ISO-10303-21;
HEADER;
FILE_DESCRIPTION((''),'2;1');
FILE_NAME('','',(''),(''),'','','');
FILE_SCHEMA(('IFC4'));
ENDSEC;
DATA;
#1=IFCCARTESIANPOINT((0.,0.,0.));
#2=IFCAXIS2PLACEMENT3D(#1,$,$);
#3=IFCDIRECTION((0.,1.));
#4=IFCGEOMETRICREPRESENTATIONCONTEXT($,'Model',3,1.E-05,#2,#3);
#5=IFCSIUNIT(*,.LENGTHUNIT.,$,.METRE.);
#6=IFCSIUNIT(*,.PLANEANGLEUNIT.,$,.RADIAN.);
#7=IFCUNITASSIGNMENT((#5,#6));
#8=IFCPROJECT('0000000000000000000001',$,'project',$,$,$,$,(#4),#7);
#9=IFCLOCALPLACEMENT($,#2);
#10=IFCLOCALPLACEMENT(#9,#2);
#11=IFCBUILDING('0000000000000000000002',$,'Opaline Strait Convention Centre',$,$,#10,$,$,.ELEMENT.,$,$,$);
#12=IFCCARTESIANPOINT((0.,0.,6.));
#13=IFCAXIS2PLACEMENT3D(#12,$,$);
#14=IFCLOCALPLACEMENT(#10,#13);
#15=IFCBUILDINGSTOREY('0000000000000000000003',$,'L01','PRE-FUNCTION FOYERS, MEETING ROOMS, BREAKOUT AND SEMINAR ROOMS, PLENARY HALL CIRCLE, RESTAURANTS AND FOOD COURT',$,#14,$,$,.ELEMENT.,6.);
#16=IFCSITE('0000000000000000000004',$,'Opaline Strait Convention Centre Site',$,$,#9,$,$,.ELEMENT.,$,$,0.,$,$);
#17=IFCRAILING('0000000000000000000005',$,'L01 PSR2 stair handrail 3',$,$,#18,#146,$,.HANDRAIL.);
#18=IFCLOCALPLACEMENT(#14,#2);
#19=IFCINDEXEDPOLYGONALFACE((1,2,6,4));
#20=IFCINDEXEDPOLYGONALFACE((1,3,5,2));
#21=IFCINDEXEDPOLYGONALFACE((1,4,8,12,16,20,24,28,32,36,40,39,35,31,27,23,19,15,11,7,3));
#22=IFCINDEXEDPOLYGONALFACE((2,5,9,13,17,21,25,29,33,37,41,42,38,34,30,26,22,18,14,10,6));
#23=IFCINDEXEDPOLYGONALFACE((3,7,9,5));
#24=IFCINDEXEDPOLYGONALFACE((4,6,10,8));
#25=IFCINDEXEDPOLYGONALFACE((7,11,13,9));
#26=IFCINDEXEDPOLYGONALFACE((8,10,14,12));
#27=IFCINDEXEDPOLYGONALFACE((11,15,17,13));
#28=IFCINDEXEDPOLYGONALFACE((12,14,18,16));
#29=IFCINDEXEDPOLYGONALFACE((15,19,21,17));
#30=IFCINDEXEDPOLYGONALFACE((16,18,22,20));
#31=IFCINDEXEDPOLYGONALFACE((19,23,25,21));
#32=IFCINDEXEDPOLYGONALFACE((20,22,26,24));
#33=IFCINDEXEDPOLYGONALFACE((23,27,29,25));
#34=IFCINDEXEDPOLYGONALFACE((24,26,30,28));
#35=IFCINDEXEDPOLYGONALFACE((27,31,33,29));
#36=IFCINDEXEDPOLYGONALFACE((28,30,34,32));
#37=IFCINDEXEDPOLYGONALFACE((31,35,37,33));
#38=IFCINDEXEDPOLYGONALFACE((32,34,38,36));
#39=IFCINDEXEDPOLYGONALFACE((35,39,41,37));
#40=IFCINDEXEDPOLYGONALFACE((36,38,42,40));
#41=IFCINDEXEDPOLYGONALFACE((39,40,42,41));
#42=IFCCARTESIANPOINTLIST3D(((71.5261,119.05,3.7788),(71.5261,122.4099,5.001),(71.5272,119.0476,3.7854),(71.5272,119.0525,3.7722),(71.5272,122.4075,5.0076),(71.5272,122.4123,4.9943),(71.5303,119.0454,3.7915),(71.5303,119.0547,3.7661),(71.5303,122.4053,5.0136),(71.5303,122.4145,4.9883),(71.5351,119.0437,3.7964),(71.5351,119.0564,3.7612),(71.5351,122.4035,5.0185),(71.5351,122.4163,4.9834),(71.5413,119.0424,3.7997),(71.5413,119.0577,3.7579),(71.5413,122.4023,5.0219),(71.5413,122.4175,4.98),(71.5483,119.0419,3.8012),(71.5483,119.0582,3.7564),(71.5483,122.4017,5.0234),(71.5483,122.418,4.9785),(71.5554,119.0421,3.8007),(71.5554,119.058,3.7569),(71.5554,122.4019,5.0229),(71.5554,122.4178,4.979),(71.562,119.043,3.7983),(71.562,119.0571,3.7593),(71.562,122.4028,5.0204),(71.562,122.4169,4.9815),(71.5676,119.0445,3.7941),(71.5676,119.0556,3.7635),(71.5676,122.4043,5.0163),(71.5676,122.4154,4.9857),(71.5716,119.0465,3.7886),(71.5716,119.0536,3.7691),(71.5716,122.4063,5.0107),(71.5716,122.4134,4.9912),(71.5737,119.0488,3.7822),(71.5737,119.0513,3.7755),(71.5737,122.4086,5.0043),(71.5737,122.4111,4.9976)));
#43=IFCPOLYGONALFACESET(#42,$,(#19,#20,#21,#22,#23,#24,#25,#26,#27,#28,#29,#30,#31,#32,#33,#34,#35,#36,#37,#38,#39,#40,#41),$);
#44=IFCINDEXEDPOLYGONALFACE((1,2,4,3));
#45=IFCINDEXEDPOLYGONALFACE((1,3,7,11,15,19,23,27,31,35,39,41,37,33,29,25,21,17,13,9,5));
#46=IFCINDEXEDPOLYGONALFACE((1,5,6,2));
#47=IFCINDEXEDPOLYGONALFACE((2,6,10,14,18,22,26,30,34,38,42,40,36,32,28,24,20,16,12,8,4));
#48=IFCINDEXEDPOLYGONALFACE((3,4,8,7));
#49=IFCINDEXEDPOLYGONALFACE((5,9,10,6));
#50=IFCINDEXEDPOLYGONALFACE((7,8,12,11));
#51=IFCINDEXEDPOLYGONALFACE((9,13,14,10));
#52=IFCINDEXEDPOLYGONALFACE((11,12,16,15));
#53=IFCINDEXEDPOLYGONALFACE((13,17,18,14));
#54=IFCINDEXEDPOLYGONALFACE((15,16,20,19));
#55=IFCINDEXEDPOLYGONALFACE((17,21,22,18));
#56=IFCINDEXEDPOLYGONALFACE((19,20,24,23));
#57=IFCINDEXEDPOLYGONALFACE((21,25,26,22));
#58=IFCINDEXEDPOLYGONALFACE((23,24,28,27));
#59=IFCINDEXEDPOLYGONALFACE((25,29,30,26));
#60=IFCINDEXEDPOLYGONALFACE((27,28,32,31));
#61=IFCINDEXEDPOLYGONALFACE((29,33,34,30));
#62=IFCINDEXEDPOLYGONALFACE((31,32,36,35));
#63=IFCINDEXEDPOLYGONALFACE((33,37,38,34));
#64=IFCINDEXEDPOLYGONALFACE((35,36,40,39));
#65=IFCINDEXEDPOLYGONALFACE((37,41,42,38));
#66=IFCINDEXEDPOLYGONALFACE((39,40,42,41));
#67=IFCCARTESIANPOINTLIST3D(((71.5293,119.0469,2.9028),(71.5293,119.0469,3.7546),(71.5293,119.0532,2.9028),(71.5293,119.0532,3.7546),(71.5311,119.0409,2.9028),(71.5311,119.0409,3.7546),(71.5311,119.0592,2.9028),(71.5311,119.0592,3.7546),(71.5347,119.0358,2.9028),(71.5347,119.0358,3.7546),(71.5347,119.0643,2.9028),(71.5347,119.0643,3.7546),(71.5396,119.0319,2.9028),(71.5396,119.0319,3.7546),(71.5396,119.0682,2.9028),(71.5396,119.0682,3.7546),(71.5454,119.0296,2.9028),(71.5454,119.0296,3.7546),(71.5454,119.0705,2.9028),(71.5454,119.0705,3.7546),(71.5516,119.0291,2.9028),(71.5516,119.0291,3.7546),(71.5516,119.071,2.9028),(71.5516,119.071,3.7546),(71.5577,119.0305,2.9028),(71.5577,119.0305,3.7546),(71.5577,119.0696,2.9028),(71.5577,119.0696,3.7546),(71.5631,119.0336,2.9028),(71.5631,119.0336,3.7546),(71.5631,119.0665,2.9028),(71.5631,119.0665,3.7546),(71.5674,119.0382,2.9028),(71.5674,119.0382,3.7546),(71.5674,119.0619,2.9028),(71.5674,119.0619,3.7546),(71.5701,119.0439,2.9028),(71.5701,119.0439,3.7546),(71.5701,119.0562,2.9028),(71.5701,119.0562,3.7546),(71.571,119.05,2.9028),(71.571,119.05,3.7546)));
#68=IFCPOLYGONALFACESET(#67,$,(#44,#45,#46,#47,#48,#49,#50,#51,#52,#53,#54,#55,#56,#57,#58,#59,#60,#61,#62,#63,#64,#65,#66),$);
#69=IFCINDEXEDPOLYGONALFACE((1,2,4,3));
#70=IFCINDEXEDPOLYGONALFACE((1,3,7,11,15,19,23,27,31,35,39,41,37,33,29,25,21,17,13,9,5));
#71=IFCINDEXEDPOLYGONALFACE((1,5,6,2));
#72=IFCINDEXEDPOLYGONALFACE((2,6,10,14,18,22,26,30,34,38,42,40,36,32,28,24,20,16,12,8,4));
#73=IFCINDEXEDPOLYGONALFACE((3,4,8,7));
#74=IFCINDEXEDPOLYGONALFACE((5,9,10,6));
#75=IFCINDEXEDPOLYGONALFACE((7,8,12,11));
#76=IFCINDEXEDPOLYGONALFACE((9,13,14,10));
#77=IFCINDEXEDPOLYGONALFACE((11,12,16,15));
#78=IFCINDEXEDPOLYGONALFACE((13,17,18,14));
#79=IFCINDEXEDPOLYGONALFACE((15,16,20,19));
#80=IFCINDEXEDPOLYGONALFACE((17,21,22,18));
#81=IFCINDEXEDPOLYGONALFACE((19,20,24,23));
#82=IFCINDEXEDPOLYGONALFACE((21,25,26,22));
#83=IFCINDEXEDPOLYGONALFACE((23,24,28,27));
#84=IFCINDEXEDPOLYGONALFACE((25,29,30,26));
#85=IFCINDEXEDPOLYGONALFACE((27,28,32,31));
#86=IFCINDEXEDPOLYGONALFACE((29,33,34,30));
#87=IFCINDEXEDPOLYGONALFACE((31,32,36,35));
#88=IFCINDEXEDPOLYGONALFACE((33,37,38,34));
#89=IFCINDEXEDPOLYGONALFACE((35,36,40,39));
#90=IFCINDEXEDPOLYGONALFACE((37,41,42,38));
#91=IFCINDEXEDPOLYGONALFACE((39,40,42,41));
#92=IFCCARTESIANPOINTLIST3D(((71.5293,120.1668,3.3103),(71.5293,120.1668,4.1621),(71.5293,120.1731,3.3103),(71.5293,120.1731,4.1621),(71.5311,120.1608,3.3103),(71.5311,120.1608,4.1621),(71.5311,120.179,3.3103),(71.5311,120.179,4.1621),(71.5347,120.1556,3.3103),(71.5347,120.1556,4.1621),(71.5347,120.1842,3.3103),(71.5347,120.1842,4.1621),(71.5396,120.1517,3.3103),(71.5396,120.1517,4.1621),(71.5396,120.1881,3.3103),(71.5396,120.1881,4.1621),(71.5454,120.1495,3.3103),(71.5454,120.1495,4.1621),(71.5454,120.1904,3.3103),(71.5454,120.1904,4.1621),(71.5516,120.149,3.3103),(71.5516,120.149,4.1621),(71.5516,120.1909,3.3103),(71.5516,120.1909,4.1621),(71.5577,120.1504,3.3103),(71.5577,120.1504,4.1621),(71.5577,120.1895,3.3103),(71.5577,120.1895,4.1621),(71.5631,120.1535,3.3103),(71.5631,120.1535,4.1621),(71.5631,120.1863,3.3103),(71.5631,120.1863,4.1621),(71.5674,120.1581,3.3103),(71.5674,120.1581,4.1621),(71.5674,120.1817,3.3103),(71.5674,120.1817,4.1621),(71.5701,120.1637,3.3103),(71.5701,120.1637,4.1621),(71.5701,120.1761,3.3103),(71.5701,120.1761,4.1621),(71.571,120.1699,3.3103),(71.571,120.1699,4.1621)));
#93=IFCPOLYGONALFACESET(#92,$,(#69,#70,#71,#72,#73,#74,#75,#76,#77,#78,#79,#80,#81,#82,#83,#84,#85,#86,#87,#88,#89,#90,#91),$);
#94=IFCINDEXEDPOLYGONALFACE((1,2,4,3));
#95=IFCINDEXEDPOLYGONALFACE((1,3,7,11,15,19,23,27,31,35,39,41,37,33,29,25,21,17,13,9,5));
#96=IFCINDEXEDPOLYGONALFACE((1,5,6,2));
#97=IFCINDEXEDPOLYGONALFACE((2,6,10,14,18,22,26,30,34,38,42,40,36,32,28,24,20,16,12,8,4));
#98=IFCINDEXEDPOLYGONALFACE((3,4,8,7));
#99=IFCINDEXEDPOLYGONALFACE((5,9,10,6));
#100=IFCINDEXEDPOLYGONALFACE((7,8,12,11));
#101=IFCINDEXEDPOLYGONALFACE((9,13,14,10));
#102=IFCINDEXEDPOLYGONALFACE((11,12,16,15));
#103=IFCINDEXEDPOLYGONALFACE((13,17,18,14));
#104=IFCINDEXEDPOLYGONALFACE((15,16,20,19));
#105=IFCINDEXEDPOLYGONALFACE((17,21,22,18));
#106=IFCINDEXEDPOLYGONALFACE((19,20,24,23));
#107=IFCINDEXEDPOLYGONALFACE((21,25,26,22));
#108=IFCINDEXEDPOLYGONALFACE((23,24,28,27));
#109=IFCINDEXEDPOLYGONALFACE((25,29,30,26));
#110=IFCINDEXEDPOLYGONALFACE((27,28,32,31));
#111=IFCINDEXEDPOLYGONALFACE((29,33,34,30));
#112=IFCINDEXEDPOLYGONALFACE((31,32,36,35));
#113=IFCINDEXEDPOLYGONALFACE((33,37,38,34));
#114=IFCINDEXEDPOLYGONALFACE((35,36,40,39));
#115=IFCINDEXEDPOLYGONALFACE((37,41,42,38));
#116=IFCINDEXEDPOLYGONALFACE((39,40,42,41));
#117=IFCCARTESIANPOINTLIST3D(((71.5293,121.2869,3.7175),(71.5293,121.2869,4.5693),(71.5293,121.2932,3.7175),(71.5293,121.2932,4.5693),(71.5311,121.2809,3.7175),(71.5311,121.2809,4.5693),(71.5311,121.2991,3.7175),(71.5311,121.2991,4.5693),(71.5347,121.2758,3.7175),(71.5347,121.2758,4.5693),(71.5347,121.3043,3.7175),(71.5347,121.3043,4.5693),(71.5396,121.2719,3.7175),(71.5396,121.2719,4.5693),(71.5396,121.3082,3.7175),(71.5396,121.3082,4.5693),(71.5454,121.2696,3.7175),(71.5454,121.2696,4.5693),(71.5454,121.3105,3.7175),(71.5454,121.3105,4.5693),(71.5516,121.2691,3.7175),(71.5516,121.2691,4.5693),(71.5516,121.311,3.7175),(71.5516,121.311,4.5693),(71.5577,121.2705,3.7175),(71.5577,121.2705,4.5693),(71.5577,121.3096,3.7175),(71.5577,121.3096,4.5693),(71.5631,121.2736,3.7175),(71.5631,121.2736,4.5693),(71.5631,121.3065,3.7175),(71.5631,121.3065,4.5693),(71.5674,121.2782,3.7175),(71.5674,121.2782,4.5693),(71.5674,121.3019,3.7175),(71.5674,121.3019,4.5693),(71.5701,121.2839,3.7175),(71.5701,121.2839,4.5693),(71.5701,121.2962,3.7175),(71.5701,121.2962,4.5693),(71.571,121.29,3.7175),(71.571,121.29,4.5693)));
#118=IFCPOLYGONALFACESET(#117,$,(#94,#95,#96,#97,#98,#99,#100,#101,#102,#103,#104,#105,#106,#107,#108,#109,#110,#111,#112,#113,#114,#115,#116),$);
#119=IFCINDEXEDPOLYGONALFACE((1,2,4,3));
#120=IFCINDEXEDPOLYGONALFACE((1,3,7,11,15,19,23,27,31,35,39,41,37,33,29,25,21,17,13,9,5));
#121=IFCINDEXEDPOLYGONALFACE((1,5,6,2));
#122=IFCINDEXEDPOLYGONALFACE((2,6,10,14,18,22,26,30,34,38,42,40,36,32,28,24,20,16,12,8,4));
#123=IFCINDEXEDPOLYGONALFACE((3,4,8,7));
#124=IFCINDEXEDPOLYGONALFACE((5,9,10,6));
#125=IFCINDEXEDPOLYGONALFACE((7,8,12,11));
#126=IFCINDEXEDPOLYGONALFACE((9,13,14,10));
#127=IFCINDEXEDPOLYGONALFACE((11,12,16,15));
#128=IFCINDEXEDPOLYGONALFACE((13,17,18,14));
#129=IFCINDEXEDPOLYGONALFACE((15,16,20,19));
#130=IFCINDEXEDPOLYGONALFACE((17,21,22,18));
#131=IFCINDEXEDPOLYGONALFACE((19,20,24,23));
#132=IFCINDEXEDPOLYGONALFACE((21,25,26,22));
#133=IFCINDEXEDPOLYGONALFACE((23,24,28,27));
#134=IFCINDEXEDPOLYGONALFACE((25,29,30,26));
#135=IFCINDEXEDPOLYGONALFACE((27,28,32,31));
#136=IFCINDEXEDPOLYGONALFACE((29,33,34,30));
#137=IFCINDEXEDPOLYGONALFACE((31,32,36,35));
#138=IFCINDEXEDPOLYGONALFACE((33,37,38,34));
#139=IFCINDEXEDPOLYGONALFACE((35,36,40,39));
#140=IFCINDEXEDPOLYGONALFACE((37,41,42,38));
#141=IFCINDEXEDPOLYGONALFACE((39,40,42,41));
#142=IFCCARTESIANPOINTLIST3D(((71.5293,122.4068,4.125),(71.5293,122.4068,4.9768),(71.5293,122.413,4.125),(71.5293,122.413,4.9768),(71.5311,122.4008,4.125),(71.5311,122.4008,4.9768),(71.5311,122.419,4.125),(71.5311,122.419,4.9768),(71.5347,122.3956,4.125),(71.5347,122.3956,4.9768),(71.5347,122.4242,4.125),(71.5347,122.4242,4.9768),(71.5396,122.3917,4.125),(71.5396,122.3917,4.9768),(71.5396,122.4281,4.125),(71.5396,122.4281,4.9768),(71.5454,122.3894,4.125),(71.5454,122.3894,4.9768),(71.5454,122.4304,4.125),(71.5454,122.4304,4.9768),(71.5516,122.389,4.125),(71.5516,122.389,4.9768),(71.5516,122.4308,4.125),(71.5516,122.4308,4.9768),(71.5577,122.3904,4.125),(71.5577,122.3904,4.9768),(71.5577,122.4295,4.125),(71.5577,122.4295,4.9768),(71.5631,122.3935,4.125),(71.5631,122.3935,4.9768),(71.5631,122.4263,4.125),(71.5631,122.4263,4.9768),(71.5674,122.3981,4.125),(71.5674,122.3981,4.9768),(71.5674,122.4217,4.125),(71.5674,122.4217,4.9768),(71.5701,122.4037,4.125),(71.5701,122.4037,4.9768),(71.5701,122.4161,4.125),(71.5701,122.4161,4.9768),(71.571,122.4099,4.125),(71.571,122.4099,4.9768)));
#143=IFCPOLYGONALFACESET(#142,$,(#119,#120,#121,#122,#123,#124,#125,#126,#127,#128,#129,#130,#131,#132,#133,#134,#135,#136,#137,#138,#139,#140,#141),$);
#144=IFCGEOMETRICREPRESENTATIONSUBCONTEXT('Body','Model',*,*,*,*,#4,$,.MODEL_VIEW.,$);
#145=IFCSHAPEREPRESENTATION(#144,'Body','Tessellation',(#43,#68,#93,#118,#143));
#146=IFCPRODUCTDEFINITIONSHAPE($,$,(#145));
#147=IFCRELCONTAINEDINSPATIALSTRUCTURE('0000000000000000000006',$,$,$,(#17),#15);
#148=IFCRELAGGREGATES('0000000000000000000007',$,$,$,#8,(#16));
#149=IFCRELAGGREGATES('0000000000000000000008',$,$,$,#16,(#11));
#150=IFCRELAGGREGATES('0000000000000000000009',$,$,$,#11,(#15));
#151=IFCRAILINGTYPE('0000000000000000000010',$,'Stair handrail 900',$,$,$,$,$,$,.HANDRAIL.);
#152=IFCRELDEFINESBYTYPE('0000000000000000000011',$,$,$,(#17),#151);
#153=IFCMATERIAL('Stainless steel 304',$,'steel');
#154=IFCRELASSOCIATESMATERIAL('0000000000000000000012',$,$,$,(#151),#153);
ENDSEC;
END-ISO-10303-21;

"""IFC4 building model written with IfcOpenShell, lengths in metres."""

from ifc_helpers import new_model, si_unit, direction, frame, origin, origin_2d, place, context, subcontext, project, spatial, circle, extrude, material, type_object, element, save


model = new_model("IFC4")

# Units and contexts
model_context = context("Model", 3, precision=1e-05, world=origin(), true_north=direction((0.0, 1.0)))
body_context = subcontext(model_context, "Body", "Model", "MODEL_VIEW")
ifc_project = project(units=[si_unit("LENGTHUNIT", "METRE"), si_unit("PLANEANGLEUNIT", "RADIAN")], contexts=[model_context])

# Site, building, storey
site_placement = place(None, origin())
site = spatial("IfcSite", under=ifc_project, at=site_placement, Name="Opaline Strait Convention Centre Site", CompositionType="ELEMENT", RefElevation=0.0)
building_placement = place(site_placement, origin())
building = spatial("IfcBuilding", under=site, at=building_placement, Name="Opaline Strait Convention Centre", CompositionType="ELEMENT")
storey_placement = place(building_placement, frame((0.0, 0.0, 6.0)))
storey = spatial("IfcBuildingStorey", under=building, at=storey_placement, Name="L01", Description="PRE-FUNCTION FOYERS, MEETING ROOMS, BREAKOUT AND SEMINAR ROOMS, PLENARY HALL CIRCLE, RESTAURANTS AND FOOD COURT", CompositionType="ELEMENT", Elevation=6.0)

# Railing
ifc_material_1 = material(Name="Stainless steel 304", Category="steel")
railing_type_1 = type_object("IfcRailingType", Name="Stair handrail 900", PredefinedType="HANDRAIL", material=ifc_material_1)
for number, where, name in (
    (1, (71.55, 119.05, 2.9028), "L01 PSR2 stair handrail 3"),
):
    element("IfcRailing", number, at=place(storey_placement, frame(where)), inside=storey, type_object=railing_type_1, Name=name, PredefinedType="HANDRAIL", context=body_context, shape_type="SweptSolid", body=[
        extrude(circle(Radius=0.0239, at=origin_2d()), frame((0.0, 0.0, 0.876), z_axis=(0.0, 0.939758, 0.341842), x_axis=(-1.0, 0.0, 0.0)), (0.0, 0.0, 1.0), 3.5752),
        extrude(circle(Radius=0.021, at=origin_2d()), origin(), (0.0, 0.0, 1.0), 0.8518),
        extrude(circle(Radius=0.021, at=origin_2d()), frame((0.0, 1.1199, 0.4075)), (0.0, 0.0, 1.0), 0.8518),
        extrude(circle(Radius=0.021, at=origin_2d()), frame((0.0, 2.24, 0.8147)), (0.0, 0.0, 1.0), 0.8518),
        extrude(circle(Radius=0.021, at=origin_2d()), frame((0.0, 3.3599, 1.2222)), (0.0, 0.0, 1.0), 0.8518),
    ])

save(model, "model.ifc")
